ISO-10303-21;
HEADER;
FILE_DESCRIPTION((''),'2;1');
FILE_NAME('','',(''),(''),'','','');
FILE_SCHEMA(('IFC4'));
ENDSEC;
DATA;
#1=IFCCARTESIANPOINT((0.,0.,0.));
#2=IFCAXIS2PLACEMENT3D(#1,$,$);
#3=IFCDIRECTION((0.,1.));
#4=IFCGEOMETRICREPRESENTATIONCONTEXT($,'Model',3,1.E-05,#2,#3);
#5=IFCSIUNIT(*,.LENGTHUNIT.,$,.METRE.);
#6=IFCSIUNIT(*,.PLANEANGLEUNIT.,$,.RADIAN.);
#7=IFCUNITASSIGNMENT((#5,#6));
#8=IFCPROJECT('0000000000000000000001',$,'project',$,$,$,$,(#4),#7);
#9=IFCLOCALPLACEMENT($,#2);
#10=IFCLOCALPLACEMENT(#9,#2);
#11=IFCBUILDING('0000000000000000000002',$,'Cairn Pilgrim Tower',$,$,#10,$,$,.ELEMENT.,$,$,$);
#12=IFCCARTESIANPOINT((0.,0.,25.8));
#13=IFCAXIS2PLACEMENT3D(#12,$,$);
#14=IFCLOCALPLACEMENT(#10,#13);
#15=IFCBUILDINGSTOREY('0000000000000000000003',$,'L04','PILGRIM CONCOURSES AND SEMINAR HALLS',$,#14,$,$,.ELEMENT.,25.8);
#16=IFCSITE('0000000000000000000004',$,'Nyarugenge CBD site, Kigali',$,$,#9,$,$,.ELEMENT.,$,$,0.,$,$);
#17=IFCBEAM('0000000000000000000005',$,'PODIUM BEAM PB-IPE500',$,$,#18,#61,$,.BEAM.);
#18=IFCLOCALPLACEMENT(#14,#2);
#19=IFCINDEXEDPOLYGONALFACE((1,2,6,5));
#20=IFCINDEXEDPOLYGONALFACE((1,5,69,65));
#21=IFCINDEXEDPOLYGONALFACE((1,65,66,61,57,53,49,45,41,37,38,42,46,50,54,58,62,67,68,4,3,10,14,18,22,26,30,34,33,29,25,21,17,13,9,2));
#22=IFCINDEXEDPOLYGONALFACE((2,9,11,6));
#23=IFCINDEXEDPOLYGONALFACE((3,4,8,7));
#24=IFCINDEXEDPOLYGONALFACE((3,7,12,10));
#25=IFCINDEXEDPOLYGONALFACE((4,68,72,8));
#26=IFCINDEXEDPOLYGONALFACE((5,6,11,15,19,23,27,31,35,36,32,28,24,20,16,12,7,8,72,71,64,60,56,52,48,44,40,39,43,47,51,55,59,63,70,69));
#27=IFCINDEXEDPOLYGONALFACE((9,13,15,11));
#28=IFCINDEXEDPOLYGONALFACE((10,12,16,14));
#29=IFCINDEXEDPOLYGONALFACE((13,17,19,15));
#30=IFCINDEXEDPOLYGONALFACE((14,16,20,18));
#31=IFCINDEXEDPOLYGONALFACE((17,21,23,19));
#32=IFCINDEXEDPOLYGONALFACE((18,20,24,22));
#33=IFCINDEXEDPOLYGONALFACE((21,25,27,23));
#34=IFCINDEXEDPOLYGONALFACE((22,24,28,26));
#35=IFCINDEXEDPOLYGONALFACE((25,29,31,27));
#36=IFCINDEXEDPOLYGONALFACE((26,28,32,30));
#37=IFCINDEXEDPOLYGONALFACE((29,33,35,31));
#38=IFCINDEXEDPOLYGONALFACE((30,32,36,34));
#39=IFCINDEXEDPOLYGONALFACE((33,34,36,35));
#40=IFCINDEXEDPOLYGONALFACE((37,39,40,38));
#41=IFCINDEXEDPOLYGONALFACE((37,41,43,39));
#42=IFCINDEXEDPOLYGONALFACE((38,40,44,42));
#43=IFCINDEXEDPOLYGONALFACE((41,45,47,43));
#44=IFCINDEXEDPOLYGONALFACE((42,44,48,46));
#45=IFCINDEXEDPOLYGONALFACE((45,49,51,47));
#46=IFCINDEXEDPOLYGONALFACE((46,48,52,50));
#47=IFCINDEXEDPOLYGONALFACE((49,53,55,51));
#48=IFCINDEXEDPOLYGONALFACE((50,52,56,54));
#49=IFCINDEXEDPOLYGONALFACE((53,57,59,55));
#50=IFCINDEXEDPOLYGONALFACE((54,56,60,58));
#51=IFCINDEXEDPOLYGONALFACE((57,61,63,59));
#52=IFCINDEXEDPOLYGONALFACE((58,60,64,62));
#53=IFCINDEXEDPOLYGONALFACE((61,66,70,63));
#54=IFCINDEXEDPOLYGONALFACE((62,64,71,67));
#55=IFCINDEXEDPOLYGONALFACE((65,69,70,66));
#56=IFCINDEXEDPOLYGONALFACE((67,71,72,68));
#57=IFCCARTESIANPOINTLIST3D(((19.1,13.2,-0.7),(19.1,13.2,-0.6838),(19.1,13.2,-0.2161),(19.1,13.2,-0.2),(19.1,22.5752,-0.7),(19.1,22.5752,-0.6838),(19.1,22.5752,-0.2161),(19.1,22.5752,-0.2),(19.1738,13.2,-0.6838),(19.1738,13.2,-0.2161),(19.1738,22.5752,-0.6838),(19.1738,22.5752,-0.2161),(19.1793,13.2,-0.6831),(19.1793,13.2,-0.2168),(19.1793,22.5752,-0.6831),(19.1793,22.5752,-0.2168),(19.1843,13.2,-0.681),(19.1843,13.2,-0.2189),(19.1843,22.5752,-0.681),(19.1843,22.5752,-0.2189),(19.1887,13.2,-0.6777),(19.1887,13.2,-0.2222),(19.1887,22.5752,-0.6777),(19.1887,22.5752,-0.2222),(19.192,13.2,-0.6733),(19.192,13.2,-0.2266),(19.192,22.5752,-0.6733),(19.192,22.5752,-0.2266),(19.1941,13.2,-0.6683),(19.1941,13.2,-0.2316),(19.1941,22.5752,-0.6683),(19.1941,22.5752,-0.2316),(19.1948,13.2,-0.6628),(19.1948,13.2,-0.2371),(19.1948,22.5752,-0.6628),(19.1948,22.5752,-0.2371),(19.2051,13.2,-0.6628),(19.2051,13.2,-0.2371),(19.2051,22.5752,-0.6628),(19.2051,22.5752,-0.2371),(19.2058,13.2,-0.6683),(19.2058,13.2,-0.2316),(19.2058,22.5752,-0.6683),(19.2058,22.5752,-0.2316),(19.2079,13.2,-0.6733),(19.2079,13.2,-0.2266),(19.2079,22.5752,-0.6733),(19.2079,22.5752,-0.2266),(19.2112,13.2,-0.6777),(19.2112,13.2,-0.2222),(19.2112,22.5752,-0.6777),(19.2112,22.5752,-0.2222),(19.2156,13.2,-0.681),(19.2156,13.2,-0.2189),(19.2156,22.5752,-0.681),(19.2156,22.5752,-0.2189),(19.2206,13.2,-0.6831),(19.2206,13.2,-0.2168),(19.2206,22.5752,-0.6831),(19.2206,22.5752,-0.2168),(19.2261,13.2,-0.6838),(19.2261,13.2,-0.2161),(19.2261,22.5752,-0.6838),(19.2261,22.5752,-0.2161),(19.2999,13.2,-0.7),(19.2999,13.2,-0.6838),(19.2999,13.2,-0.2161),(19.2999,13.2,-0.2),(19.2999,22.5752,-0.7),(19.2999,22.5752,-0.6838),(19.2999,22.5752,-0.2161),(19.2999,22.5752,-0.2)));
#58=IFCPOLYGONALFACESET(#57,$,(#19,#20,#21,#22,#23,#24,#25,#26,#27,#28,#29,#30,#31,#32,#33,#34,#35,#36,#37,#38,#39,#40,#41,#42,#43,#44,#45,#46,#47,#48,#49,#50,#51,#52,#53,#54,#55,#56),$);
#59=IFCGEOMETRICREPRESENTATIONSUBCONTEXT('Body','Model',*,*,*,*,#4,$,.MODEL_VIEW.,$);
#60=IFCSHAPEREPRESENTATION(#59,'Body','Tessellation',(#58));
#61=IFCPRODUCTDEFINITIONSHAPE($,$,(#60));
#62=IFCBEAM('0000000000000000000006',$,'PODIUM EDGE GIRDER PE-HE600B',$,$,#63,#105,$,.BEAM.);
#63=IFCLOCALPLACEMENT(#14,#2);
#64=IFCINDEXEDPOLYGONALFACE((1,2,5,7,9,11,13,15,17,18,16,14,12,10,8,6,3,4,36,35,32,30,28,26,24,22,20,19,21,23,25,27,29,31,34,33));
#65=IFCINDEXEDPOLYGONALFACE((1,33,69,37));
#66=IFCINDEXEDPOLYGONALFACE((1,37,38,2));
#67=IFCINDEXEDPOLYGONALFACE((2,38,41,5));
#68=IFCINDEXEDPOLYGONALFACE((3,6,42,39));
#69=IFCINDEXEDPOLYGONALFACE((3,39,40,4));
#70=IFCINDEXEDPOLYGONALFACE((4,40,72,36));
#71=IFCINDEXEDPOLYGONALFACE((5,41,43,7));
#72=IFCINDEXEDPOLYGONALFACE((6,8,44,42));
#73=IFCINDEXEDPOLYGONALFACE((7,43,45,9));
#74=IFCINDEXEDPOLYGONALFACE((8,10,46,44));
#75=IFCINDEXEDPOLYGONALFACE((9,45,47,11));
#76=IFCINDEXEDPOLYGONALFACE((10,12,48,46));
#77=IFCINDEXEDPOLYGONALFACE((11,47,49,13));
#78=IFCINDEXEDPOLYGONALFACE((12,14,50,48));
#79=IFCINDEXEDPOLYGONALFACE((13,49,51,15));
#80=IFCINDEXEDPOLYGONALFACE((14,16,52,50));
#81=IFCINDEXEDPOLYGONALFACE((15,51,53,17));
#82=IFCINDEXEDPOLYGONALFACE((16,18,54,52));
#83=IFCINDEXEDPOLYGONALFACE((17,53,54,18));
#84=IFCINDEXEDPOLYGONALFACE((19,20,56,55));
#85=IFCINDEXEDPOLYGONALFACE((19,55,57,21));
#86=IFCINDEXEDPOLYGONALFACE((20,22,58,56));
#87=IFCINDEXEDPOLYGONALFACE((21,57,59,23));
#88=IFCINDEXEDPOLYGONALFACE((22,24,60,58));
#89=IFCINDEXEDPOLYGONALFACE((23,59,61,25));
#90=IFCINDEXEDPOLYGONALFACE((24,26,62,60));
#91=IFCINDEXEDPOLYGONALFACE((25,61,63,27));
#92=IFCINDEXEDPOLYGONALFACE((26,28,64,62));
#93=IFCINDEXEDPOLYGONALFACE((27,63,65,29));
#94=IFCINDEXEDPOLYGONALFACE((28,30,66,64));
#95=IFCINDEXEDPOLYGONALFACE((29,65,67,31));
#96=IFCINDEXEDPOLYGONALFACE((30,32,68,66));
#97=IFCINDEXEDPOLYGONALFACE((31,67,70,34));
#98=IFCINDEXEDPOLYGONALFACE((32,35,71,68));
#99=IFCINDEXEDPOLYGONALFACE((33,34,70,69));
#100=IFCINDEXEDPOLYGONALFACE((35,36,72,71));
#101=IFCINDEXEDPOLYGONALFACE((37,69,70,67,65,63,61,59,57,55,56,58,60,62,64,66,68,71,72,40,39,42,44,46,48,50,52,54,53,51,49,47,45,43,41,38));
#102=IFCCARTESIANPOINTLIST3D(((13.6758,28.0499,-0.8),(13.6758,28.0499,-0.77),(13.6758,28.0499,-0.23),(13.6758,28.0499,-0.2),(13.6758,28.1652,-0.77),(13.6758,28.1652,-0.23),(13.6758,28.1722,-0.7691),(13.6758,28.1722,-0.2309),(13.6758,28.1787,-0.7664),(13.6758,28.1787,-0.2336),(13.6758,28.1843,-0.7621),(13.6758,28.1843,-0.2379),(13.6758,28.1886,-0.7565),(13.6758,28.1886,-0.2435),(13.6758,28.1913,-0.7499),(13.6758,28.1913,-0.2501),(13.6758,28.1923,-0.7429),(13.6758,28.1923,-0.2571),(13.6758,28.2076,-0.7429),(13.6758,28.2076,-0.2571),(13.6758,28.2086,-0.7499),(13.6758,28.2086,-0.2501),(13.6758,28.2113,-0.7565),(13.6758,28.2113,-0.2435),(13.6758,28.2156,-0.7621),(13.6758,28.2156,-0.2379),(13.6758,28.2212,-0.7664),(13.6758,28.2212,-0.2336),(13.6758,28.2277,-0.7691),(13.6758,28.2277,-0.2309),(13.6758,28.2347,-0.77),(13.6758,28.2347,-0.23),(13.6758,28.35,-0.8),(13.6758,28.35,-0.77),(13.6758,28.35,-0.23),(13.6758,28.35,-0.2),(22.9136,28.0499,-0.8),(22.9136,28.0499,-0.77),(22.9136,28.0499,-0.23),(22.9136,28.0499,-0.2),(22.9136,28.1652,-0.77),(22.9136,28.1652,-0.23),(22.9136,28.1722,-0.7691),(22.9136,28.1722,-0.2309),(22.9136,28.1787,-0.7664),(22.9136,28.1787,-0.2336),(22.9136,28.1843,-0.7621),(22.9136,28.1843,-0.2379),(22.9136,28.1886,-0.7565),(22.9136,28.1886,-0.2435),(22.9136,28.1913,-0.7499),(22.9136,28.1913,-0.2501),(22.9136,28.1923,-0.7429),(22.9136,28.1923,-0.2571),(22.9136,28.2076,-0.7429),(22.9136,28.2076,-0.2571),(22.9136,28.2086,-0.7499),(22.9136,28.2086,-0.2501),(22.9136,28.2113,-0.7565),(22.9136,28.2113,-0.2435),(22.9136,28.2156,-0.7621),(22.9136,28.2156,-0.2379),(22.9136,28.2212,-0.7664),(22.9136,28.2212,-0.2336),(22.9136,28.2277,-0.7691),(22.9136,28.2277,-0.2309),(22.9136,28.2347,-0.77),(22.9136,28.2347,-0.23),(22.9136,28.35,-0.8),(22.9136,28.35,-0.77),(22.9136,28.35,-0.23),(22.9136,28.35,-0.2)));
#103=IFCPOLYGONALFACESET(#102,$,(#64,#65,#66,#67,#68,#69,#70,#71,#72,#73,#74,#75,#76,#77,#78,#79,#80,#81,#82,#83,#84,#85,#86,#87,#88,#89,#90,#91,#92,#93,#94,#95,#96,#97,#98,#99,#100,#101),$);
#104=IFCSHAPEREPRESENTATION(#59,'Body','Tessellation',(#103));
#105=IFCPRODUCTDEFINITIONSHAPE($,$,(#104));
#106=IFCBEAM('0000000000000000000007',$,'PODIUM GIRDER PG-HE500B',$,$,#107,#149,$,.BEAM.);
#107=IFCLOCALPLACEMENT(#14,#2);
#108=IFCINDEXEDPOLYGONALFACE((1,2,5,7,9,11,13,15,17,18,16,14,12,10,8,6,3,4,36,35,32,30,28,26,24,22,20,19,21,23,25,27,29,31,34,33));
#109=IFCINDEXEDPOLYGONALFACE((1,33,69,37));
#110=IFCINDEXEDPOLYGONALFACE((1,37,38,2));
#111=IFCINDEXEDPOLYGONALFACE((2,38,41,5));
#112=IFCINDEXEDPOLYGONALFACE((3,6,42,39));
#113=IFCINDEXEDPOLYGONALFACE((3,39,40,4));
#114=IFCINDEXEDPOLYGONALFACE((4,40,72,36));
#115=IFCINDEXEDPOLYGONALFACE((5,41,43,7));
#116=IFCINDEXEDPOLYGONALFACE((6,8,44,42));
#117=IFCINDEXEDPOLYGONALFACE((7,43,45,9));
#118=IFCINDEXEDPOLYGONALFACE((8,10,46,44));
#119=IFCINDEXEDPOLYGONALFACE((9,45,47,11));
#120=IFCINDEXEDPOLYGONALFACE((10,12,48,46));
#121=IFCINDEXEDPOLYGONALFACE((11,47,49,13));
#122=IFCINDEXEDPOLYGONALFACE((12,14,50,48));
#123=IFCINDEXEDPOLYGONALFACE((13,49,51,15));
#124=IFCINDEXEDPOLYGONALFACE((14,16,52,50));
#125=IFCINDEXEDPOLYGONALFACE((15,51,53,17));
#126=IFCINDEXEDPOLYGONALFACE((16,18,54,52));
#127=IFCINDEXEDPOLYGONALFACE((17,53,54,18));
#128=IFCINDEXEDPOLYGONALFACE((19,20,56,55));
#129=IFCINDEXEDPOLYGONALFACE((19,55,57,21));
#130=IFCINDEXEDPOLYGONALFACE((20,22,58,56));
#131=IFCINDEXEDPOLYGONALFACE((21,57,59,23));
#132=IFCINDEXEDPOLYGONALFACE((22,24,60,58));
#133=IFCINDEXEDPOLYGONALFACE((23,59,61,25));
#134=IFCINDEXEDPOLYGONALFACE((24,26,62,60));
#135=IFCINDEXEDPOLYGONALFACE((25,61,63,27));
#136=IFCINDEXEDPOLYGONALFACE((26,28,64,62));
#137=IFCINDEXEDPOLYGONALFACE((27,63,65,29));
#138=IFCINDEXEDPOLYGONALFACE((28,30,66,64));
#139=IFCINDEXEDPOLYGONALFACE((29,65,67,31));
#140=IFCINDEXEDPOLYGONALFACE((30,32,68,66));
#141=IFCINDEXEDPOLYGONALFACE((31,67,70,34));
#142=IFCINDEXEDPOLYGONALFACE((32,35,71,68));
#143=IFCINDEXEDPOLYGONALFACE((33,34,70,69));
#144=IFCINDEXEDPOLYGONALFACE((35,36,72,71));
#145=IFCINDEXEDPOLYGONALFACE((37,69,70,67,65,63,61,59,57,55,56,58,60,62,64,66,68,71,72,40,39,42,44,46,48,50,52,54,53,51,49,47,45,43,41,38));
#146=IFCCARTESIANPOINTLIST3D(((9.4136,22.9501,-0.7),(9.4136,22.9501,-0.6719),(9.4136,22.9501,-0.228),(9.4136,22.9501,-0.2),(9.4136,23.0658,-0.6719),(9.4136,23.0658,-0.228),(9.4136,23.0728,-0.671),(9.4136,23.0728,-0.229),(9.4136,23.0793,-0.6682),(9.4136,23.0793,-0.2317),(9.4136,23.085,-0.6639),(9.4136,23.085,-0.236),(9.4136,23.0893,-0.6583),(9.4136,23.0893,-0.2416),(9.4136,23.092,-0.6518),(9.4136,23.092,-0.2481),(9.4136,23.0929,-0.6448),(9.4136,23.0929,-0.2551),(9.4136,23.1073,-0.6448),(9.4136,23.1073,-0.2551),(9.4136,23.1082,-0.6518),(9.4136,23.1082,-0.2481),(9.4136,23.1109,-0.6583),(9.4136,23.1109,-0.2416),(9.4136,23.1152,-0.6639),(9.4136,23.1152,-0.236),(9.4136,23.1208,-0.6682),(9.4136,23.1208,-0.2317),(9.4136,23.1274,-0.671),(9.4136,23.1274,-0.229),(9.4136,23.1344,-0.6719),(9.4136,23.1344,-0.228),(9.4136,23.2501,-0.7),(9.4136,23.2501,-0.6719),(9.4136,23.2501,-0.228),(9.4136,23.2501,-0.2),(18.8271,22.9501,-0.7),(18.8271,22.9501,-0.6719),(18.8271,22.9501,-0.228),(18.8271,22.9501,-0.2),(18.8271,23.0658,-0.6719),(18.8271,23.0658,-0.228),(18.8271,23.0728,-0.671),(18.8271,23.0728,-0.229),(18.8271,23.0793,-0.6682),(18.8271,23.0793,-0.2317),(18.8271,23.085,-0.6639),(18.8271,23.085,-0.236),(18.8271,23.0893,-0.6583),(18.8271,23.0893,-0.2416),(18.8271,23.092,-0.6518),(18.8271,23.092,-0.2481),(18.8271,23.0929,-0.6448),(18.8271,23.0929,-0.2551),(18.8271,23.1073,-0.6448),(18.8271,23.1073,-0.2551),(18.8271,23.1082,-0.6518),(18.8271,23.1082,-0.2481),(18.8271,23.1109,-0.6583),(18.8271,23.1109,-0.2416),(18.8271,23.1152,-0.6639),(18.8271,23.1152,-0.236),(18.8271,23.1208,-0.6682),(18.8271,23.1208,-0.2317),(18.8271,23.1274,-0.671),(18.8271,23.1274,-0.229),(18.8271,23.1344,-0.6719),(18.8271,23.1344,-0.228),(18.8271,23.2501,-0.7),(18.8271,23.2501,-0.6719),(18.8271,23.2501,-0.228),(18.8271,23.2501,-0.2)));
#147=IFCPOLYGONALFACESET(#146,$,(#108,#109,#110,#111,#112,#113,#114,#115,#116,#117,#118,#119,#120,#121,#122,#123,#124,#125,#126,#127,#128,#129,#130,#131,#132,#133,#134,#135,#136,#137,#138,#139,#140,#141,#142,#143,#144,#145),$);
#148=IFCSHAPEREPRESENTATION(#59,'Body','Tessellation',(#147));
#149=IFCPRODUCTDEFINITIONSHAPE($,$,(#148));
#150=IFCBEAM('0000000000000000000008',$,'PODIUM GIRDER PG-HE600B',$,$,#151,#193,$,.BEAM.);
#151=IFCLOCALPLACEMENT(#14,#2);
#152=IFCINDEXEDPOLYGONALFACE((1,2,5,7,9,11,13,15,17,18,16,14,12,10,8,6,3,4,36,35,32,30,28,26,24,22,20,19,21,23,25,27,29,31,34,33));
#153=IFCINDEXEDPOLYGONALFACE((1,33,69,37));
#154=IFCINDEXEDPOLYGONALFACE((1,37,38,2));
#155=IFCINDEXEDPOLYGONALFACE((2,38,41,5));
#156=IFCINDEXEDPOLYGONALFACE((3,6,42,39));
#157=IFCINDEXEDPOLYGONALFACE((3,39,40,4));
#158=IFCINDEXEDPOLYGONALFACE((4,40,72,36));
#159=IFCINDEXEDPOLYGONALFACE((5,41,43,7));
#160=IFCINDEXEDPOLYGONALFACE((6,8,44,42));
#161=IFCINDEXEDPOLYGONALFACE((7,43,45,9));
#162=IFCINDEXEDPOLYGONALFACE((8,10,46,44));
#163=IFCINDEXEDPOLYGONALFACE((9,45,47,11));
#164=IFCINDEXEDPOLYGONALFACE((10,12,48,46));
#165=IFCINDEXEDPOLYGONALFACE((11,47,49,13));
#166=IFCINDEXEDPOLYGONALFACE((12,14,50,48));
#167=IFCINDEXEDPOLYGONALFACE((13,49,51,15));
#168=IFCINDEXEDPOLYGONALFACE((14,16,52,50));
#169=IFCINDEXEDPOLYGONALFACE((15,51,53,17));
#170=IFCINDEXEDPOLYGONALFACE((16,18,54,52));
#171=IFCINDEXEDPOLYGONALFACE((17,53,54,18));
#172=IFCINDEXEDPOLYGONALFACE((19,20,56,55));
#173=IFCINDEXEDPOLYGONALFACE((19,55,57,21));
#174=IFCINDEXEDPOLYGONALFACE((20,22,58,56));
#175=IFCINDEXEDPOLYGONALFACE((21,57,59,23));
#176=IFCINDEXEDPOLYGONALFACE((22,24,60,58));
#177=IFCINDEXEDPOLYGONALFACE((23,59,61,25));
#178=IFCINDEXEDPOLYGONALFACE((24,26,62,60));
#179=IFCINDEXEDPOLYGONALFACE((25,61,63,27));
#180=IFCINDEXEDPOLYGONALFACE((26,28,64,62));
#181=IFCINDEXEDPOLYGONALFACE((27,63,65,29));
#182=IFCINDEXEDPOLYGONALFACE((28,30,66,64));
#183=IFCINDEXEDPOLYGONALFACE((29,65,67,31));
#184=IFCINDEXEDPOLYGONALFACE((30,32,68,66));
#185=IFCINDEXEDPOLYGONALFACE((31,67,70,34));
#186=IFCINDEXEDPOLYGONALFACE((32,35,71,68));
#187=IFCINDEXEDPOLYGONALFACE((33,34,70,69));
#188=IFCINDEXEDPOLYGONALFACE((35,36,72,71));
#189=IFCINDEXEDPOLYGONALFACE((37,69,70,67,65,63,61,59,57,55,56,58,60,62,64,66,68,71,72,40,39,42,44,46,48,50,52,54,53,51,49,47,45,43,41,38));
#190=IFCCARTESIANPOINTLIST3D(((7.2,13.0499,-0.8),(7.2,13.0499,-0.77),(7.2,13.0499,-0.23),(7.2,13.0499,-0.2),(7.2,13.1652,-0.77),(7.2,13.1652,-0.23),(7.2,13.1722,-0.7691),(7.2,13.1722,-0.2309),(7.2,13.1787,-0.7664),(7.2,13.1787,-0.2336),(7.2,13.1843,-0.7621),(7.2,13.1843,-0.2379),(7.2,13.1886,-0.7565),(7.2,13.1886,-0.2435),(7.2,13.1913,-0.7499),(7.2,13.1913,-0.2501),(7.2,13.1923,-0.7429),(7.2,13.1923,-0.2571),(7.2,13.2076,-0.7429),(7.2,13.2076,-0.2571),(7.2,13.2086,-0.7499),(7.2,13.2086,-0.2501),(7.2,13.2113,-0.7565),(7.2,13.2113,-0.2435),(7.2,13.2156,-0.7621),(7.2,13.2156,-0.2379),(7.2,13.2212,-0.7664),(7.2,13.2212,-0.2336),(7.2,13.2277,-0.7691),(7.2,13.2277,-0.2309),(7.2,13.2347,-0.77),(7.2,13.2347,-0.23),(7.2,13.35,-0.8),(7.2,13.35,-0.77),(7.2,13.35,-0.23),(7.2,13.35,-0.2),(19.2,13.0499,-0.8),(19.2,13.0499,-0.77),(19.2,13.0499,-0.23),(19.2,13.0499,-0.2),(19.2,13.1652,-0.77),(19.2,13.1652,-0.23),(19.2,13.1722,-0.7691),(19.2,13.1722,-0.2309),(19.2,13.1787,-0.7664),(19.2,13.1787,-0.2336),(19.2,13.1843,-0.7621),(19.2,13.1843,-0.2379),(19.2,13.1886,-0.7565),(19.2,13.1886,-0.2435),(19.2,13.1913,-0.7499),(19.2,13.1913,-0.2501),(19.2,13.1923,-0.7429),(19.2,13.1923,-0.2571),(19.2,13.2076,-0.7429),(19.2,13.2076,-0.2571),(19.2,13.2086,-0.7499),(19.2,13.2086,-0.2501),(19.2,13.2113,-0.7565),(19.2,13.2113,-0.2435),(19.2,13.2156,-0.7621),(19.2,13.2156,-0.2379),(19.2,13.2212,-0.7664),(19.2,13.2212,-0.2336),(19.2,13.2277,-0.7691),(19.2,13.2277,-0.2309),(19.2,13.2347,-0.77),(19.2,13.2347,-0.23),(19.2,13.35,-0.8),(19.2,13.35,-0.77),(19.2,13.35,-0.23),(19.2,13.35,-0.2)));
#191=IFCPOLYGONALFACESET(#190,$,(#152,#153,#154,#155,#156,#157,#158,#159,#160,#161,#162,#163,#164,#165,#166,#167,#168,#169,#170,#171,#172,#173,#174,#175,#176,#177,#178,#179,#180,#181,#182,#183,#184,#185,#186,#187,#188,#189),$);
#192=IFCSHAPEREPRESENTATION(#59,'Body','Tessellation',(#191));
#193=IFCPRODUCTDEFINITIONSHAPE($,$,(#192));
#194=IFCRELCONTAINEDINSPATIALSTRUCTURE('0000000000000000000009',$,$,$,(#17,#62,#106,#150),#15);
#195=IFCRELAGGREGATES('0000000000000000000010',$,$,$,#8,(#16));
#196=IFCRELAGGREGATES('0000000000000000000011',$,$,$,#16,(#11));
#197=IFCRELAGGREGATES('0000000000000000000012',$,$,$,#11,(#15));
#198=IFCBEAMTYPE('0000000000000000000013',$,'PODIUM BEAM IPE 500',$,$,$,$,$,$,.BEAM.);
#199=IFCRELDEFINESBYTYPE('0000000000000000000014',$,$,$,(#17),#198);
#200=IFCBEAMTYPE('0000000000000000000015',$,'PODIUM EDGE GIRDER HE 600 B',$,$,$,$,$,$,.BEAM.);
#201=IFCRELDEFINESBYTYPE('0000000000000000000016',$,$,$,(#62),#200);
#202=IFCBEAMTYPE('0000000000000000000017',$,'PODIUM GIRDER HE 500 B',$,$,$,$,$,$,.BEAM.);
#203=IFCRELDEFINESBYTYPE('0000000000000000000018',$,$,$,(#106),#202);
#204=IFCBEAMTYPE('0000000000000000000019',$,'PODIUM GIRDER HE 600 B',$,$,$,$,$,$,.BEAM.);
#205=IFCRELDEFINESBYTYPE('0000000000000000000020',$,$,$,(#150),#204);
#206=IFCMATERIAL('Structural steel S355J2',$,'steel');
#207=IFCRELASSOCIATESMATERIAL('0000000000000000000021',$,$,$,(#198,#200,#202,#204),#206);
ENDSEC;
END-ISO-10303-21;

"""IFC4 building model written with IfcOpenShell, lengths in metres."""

from ifc_helpers import new_model, si_unit, direction, frame, origin, origin_2d, place, context, subcontext, project, spatial, i_section, extrude, material, material_profile, profile_set, type_object, element, save


model = new_model("IFC4")

# Units and contexts
model_context = context("Model", 3, precision=1e-05, world=origin(), true_north=direction((0.0, 1.0)))
body_context = subcontext(model_context, "Body", "Model", "MODEL_VIEW")
ifc_project = project(units=[si_unit("LENGTHUNIT", "METRE"), si_unit("PLANEANGLEUNIT", "RADIAN")], contexts=[model_context])

# Site, building, storey
site_placement = place(None, origin())
site = spatial("IfcSite", under=ifc_project, at=site_placement, Name="Nyarugenge CBD site, Kigali", CompositionType="ELEMENT", RefElevation=0.0)
building_placement = place(site_placement, origin())
building = spatial("IfcBuilding", under=site, at=building_placement, Name="Cairn Pilgrim Tower", CompositionType="ELEMENT")
storey_placement = place(building_placement, frame((0.0, 0.0, 25.8)))
storey = spatial("IfcBuildingStorey", under=building, at=storey_placement, Name="L04", Description="PILGRIM CONCOURSES AND SEMINAR HALLS", CompositionType="ELEMENT", Elevation=25.8)

# Beams
ifc_material_1 = material(Name="Structural steel S355J2", Category="steel")
ifc_material_profile_1 = material_profile(ifc_material_1, i_section(OverallWidth=0.2, OverallDepth=0.5, WebThickness=0.0103, FlangeThickness=0.0161, FilletRadius=0.021, at=origin_2d()), Name="IPE 500")
ifc_profile_set_1 = profile_set([ifc_material_profile_1], Name="Structural steel S355J2")
beam_type_1 = type_object("IfcBeamType", Name="PODIUM BEAM IPE 500", PredefinedType="BEAM", material=ifc_profile_set_1)
beam_1_placement = place(storey_placement, frame((19.2, 13.2, -0.45), z_axis=(0.0, 1.0, 0.0), x_axis=(-1.0, 0.0, 0.0)))
element("IfcBeam", 1, at=beam_1_placement, inside=storey, type_object=beam_type_1, Name="PODIUM BEAM PB-IPE500", PredefinedType="BEAM", context=body_context, shape_type="SweptSolid", body=[
    extrude(i_section(OverallWidth=0.2, OverallDepth=0.5, WebThickness=0.0103, FlangeThickness=0.0161, FilletRadius=0.021, at=origin_2d()), origin(), (0.0, 0.0, 1.0), 9.3752),
])
ifc_material_profile_2 = material_profile(ifc_material_1, i_section(OverallWidth=0.3, OverallDepth=0.6001, WebThickness=0.0154, FlangeThickness=0.03, FilletRadius=0.0271, at=origin_2d()), Name="HEB 600")
ifc_profile_set_2 = profile_set([ifc_material_profile_2], Name="Structural steel S355J2")
beam_type_2 = type_object("IfcBeamType", Name="PODIUM EDGE GIRDER HE 600 B", PredefinedType="BEAM", material=ifc_profile_set_2)
beam_2_placement = place(storey_placement, frame((22.9136, 28.2, -0.5), z_axis=(-1.0, 0.0, 0.0), x_axis=(0.0, -1.0, 0.0)))
element("IfcBeam", 2, at=beam_2_placement, inside=storey, type_object=beam_type_2, Name="PODIUM EDGE GIRDER PE-HE600B", PredefinedType="BEAM", context=body_context, shape_type="SweptSolid", body=[
    extrude(i_section(OverallWidth=0.3, OverallDepth=0.6001, WebThickness=0.0154, FlangeThickness=0.03, FilletRadius=0.0271, at=origin_2d()), origin(), (0.0, 0.0, 1.0), 9.2378),
])
ifc_material_profile_3 = material_profile(ifc_material_1, i_section(OverallWidth=0.3, OverallDepth=0.5, WebThickness=0.0144, FlangeThickness=0.0281, FilletRadius=0.0271, at=origin_2d()), Name="HEB 500")
ifc_profile_set_3 = profile_set([ifc_material_profile_3], Name="Structural steel S355J2")
beam_type_3 = type_object("IfcBeamType", Name="PODIUM GIRDER HE 500 B", PredefinedType="BEAM", material=ifc_profile_set_3)
beam_3_placement = place(storey_placement, frame((18.8271, 23.1001, -0.45), z_axis=(-1.0, 0.0, 0.0), x_axis=(0.0, -1.0, 0.0)))
element("IfcBeam", 3, at=beam_3_placement, inside=storey, type_object=beam_type_3, Name="PODIUM GIRDER PG-HE500B", PredefinedType="BEAM", context=body_context, shape_type="SweptSolid", body=[
    extrude(i_section(OverallWidth=0.3, OverallDepth=0.5, WebThickness=0.0144, FlangeThickness=0.0281, FilletRadius=0.0271, at=origin_2d()), origin(), (0.0, 0.0, 1.0), 9.4136),
])
ifc_material_profile_4 = material_profile(ifc_material_1, i_section(OverallWidth=0.3, OverallDepth=0.6001, WebThickness=0.0154, FlangeThickness=0.03, FilletRadius=0.0271, at=origin_2d()), Name="HEB 600")
ifc_profile_set_4 = profile_set([ifc_material_profile_4], Name="Structural steel S355J2")
beam_type_4 = type_object("IfcBeamType", Name="PODIUM GIRDER HE 600 B", PredefinedType="BEAM", material=ifc_profile_set_4)
beam_4_placement = place(storey_placement, frame((19.2, 13.2, -0.5), z_axis=(-1.0, 0.0, 0.0), x_axis=(0.0, -1.0, 0.0)))
element("IfcBeam", 4, at=beam_4_placement, inside=storey, type_object=beam_type_4, Name="PODIUM GIRDER PG-HE600B", PredefinedType="BEAM", context=body_context, shape_type="SweptSolid", body=[
    extrude(i_section(OverallWidth=0.3, OverallDepth=0.6001, WebThickness=0.0154, FlangeThickness=0.03, FilletRadius=0.0271, at=origin_2d()), origin(), (0.0, 0.0, 1.0), 12.0),
])

save(model, "model.ifc")
